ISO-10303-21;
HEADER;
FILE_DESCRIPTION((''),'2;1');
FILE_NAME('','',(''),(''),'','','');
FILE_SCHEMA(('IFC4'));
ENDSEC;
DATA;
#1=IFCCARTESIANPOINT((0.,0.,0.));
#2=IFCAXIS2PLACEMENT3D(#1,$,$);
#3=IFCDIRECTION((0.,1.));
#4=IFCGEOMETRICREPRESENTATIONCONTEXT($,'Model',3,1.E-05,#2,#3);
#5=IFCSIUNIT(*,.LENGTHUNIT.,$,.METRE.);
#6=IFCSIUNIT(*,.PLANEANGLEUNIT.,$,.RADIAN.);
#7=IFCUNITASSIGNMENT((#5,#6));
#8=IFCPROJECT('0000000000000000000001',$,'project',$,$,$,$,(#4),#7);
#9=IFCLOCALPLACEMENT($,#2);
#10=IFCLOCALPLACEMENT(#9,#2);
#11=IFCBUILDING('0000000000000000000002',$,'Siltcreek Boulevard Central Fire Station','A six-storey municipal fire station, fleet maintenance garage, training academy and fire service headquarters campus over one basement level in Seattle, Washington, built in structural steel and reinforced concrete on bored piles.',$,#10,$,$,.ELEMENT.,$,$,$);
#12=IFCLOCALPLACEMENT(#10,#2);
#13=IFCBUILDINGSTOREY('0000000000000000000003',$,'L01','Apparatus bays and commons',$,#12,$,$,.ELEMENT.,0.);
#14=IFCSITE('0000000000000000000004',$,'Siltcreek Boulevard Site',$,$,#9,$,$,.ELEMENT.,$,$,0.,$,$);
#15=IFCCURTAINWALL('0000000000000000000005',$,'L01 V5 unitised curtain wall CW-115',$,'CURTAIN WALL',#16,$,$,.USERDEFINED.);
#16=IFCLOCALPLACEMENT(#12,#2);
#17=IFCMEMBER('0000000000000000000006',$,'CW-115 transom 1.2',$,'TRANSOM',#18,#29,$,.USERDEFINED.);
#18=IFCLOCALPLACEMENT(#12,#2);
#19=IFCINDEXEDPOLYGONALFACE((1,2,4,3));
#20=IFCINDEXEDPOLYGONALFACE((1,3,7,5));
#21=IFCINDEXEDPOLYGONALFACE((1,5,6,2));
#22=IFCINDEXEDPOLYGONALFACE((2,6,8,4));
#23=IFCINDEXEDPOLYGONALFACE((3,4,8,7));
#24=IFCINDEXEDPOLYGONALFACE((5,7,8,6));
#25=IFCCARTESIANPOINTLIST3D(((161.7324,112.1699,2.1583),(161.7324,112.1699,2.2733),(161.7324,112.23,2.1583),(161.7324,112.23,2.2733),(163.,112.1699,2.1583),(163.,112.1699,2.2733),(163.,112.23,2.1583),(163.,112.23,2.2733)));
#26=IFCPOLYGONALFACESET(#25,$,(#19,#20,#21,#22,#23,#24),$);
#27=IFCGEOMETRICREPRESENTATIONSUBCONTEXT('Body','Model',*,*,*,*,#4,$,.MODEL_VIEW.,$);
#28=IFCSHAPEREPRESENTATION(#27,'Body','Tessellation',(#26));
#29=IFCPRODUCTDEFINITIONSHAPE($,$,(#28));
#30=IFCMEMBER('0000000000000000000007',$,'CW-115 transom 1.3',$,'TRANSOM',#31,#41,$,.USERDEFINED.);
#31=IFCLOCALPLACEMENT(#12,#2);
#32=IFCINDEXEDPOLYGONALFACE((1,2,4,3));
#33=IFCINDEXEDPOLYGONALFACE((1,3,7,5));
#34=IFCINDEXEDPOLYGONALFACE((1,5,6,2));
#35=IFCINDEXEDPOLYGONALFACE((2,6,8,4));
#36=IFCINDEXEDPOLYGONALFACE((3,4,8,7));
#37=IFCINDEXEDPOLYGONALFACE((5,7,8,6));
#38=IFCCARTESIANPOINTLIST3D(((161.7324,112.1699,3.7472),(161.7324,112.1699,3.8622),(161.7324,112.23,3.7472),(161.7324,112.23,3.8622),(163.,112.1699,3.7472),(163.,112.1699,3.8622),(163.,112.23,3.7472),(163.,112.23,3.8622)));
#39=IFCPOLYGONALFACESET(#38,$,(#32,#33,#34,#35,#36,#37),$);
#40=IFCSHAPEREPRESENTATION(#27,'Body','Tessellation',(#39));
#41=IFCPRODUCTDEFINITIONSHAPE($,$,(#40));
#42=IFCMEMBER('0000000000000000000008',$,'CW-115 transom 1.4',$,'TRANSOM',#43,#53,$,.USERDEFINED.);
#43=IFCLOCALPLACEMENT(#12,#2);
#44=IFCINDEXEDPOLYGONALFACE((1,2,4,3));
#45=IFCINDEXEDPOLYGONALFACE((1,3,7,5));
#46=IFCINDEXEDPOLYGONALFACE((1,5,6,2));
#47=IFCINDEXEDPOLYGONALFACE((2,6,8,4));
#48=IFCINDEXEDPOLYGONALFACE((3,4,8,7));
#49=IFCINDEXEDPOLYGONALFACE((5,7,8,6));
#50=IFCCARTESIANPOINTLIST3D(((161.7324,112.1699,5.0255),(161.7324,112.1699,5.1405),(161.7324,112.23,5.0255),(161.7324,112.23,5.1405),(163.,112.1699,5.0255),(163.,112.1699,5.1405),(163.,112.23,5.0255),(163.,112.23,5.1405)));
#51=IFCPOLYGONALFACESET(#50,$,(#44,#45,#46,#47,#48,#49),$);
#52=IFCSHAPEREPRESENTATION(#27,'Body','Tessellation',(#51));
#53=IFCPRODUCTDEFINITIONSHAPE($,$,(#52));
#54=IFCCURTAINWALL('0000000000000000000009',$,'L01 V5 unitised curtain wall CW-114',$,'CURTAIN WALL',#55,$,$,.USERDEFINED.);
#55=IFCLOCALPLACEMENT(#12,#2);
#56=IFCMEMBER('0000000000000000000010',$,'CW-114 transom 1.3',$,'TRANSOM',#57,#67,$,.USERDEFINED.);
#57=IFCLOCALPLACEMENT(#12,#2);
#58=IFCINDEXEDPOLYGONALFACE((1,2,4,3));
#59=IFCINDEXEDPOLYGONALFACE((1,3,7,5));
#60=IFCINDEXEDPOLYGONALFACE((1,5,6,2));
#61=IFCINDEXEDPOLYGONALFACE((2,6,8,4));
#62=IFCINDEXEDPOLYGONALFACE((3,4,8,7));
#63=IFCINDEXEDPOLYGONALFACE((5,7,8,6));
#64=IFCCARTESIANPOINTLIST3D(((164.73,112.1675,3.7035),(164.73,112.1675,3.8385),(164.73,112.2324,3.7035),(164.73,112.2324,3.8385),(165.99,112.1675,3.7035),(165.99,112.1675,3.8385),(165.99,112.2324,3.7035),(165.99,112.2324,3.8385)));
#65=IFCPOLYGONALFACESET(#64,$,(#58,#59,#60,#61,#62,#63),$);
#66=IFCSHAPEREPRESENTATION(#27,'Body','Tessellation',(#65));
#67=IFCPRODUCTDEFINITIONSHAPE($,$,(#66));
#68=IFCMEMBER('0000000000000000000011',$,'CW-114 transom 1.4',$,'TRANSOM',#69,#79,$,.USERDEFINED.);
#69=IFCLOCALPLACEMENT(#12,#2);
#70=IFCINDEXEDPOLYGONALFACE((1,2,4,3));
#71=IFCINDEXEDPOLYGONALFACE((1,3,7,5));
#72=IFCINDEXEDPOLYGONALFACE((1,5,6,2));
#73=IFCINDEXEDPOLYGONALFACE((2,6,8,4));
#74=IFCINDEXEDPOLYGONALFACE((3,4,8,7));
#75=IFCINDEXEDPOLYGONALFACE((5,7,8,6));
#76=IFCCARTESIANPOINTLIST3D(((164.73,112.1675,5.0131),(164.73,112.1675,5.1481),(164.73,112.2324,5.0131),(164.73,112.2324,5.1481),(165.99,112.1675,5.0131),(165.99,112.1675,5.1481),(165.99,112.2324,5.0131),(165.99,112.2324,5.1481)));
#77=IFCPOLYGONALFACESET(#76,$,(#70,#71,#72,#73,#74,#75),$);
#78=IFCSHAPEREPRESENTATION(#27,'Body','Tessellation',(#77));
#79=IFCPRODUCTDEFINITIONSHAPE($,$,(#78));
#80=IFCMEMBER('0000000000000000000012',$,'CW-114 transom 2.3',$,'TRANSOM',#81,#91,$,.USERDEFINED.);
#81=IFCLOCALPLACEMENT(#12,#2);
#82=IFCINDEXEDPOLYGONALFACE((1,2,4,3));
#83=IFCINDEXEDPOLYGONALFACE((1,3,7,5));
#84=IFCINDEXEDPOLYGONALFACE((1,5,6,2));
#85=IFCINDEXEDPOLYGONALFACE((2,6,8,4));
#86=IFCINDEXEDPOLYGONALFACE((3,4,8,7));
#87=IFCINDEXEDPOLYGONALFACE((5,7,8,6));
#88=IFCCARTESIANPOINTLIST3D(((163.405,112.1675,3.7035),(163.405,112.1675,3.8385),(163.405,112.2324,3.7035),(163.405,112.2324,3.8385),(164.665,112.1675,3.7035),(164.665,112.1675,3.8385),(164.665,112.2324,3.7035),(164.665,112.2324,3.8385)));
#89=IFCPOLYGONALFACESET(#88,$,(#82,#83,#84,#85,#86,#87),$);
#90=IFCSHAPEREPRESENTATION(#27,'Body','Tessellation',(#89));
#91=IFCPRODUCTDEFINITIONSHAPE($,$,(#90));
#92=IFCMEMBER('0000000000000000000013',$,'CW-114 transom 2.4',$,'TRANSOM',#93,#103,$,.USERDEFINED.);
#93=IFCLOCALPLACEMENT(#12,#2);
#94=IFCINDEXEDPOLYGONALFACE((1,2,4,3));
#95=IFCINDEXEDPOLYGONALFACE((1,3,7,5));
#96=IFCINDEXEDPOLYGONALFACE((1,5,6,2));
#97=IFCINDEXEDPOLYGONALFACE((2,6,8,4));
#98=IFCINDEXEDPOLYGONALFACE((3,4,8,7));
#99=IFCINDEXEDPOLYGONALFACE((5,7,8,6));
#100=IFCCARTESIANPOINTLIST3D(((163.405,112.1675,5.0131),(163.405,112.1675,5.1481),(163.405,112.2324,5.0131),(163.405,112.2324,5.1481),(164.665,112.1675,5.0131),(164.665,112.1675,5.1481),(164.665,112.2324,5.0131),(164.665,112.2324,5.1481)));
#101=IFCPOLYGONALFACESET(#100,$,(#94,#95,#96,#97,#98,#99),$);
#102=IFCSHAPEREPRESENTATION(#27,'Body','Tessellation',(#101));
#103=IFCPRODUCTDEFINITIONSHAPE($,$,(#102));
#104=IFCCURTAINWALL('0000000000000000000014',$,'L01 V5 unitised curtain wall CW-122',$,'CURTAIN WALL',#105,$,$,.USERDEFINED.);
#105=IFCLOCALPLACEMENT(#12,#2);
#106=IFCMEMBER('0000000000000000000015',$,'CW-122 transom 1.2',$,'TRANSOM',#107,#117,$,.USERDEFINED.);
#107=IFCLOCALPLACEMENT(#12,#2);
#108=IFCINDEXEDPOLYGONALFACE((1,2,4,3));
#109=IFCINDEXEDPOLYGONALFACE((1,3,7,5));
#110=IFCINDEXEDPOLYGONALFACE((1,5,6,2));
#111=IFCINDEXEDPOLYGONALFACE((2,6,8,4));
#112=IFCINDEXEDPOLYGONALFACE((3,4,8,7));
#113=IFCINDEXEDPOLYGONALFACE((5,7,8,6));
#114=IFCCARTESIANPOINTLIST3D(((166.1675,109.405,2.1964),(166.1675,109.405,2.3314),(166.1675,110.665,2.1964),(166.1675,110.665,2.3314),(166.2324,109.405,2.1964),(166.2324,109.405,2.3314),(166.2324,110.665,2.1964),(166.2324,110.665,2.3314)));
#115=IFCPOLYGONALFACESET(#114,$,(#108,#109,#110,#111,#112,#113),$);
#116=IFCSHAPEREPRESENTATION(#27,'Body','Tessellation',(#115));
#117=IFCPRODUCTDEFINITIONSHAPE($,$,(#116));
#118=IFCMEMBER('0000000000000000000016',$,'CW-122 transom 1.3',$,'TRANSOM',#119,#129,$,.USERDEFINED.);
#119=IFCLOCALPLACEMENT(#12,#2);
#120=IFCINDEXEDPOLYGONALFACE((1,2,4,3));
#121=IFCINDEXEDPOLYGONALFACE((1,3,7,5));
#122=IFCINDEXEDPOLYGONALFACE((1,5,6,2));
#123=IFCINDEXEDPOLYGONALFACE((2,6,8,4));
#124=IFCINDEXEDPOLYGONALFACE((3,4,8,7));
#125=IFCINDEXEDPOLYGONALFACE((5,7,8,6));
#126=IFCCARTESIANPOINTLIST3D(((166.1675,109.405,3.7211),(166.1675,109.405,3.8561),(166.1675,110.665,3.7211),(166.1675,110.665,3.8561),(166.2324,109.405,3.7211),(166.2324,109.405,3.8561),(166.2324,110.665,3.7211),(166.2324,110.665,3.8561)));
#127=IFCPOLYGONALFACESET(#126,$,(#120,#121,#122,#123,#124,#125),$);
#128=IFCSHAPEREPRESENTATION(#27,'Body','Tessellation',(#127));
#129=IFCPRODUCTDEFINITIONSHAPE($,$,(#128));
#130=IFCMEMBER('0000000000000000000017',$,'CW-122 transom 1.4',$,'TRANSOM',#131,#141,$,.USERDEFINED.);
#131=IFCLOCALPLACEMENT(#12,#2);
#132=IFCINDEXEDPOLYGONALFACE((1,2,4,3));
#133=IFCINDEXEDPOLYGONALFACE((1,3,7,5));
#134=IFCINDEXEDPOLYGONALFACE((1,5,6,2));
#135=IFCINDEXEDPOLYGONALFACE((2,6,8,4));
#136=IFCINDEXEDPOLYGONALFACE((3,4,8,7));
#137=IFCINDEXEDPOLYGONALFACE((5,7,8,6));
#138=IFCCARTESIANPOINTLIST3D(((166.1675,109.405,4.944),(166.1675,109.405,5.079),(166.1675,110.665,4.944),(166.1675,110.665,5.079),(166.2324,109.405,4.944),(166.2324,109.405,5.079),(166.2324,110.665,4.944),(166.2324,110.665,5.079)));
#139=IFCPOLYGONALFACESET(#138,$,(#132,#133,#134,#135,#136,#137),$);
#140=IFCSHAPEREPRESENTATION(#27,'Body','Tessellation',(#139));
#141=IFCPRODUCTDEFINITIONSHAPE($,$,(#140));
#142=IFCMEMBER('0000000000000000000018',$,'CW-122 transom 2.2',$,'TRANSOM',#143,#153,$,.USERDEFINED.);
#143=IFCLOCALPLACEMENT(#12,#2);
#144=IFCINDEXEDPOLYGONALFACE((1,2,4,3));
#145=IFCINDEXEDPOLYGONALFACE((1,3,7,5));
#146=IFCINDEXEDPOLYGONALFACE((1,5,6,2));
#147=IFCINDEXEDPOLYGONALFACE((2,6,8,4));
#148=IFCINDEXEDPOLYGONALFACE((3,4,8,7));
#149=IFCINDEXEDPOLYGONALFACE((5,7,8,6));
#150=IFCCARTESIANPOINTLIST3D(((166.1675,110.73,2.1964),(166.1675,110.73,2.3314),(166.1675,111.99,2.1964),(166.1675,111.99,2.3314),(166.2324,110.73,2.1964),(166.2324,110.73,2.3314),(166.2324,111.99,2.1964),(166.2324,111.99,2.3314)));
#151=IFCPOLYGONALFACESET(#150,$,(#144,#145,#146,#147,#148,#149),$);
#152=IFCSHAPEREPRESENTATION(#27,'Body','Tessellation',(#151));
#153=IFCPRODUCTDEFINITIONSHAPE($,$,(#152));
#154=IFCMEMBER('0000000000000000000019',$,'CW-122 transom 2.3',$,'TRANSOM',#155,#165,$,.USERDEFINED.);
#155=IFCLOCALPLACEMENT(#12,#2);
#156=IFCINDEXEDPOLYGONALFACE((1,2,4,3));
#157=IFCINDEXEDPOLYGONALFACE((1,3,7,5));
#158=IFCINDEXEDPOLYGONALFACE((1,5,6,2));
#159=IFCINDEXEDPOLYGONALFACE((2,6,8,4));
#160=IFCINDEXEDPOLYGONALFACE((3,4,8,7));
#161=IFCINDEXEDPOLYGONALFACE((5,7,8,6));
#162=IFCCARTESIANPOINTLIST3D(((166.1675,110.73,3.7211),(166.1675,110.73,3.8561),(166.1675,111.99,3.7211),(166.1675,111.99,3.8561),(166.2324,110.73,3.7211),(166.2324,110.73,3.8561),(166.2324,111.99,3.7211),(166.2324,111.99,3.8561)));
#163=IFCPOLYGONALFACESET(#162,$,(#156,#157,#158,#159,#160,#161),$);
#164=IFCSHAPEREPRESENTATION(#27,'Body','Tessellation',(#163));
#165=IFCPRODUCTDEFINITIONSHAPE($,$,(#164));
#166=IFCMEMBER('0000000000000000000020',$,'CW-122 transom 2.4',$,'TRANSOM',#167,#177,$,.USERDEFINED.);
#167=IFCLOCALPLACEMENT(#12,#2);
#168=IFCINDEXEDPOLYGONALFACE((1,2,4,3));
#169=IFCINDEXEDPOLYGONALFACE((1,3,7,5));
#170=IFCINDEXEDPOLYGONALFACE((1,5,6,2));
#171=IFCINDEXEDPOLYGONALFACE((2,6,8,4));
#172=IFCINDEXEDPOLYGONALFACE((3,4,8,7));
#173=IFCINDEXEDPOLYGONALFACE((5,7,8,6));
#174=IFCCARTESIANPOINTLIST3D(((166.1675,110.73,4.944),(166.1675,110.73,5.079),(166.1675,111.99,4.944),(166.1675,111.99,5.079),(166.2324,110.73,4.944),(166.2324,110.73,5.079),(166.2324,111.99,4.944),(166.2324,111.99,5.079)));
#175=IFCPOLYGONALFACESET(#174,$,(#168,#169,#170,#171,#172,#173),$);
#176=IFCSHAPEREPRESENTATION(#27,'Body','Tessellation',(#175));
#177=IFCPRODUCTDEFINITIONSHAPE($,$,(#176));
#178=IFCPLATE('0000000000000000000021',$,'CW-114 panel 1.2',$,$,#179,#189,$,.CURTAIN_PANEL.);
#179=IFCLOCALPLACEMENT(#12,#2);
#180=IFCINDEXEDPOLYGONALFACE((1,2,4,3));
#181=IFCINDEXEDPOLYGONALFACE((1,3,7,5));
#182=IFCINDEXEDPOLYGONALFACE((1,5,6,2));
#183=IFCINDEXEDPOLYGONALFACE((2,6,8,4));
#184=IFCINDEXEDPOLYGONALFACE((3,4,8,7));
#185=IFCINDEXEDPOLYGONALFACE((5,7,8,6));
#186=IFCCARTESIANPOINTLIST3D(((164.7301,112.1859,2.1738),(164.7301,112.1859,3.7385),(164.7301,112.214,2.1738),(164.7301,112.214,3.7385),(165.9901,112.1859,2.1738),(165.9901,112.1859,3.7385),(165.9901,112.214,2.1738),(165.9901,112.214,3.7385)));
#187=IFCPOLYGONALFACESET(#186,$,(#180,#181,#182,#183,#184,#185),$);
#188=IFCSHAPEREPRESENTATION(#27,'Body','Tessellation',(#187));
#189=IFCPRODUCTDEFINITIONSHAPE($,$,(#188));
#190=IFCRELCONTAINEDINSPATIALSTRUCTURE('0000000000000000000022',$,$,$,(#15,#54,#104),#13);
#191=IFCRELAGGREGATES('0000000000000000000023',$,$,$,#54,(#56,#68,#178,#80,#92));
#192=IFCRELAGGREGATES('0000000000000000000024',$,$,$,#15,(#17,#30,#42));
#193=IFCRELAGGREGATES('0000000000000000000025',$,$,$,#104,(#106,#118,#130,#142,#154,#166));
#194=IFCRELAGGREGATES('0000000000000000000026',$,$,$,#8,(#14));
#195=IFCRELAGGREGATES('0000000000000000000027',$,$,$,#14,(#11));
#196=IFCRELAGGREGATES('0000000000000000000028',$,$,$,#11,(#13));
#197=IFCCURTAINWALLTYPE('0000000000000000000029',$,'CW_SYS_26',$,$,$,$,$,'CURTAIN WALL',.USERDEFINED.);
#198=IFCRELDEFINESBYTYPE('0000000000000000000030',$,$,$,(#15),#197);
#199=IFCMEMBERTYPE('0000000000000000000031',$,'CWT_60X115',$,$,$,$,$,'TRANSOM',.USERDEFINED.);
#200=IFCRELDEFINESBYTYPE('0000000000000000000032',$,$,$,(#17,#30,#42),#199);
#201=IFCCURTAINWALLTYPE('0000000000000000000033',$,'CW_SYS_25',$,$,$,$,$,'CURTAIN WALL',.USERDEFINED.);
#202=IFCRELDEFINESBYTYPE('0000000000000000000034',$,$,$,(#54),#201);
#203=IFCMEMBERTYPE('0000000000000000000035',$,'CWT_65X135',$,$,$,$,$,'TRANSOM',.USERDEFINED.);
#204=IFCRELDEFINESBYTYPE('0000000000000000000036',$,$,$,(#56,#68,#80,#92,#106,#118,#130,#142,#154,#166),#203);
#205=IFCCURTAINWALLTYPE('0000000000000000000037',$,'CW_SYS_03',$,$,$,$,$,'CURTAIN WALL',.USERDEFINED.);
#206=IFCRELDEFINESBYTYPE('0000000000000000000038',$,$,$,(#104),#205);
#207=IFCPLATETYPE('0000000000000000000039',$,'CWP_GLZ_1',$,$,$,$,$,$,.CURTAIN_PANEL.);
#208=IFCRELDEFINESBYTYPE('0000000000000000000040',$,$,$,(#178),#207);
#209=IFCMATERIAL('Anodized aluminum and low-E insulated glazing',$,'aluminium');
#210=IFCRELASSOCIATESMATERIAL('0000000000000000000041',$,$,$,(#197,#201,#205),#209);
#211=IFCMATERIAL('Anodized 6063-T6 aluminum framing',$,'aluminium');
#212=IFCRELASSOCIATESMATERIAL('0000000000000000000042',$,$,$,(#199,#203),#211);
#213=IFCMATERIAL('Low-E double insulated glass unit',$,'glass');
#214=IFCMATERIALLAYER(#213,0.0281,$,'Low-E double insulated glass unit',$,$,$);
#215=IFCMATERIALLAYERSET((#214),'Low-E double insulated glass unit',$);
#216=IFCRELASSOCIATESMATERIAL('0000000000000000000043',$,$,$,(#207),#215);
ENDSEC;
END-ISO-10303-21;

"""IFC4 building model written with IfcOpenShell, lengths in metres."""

from ifc_helpers import new_model, si_unit, direction, frame, origin, origin_2d, place, context, subcontext, project, spatial, rectangle, extrude, material, layer, layer_set, material_profile, profile_set, type_object, element, aggregate, save


model = new_model("IFC4")

# Units and contexts
model_context = context("Model", 3, precision=1e-05, world=origin(), true_north=direction((0.0, 1.0)))
body_context = subcontext(model_context, "Body", "Model", "MODEL_VIEW")
ifc_project = project(units=[si_unit("LENGTHUNIT", "METRE"), si_unit("PLANEANGLEUNIT", "RADIAN")], contexts=[model_context])

# Site, building, storey
site_placement = place(None, origin())
site = spatial("IfcSite", under=ifc_project, at=site_placement, Name="Siltcreek Boulevard Site", CompositionType="ELEMENT", RefElevation=0.0)
building_placement = place(site_placement, origin())
building = spatial("IfcBuilding", under=site, at=building_placement, Name="Siltcreek Boulevard Central Fire Station", Description="A six-storey municipal fire station, fleet maintenance garage, training academy and fire service headquarters campus over one basement level in Seattle, Washington, built in structural steel and reinforced concrete on bored piles.", CompositionType="ELEMENT")
storey_placement = place(building_placement, origin())
storey = spatial("IfcBuildingStorey", under=building, at=storey_placement, Name="L01", Description="Apparatus bays and commons", CompositionType="ELEMENT", Elevation=0.0)

# Curtain walls, members
ifc_material_1 = material(Name="Anodized aluminum and low-E insulated glazing", Category="aluminium")
curtain_wall_type_1 = type_object("IfcCurtainWallType", Name="CW_SYS_26", ElementType="CURTAIN WALL", PredefinedType="USERDEFINED", material=ifc_material_1)
curtain_wall_1_placement = place(storey_placement, origin())
curtain_wall_1 = element("IfcCurtainWall", 1, at=curtain_wall_1_placement, inside=storey, type_object=curtain_wall_type_1, Name="L01 V5 unitised curtain wall CW-115", ObjectType="CURTAIN WALL", PredefinedType="USERDEFINED")
ifc_material_2 = material(Name="Anodized 6063-T6 aluminum framing", Category="aluminium")
ifc_material_profile_1 = material_profile(ifc_material_2, rectangle(XDim=0.0601, YDim=0.115, at=origin_2d()), Name="TRAN60X115")
ifc_profile_set_1 = profile_set([ifc_material_profile_1], Name="Anodized 6063-T6 aluminum framing")
member_type_1 = type_object("IfcMemberType", Name="CWT_60X115", ElementType="TRANSOM", PredefinedType="USERDEFINED", material=ifc_profile_set_1)
member_1_placement = place(storey_placement, frame((163.0, 112.2, 2.2158), z_axis=(-1.0, 0.0, 0.0), x_axis=(0.0, -1.0, 0.0)))
member_1 = element("IfcMember", 2, at=member_1_placement, type_object=member_type_1, Name="CW-115 transom 1.2", ObjectType="TRANSOM", PredefinedType="USERDEFINED", context=body_context, shape_type="SweptSolid", body=[
    extrude(rectangle(XDim=0.0601, YDim=0.115, at=origin_2d()), origin(), (0.0, 0.0, 1.0), 1.2676),
])
member_2_placement = place(storey_placement, frame((163.0, 112.2, 3.8047), z_axis=(-1.0, 0.0, 0.0), x_axis=(0.0, -1.0, 0.0)))
member_2 = element("IfcMember", 3, at=member_2_placement, type_object=member_type_1, Name="CW-115 transom 1.3", ObjectType="TRANSOM", PredefinedType="USERDEFINED", context=body_context, shape_type="SweptSolid", body=[
    extrude(rectangle(XDim=0.0601, YDim=0.115, at=origin_2d()), origin(), (0.0, 0.0, 1.0), 1.2676),
])
member_3_placement = place(storey_placement, frame((163.0, 112.2, 5.083), z_axis=(-1.0, 0.0, 0.0), x_axis=(0.0, -1.0, 0.0)))
member_3 = element("IfcMember", 4, at=member_3_placement, type_object=member_type_1, Name="CW-115 transom 1.4", ObjectType="TRANSOM", PredefinedType="USERDEFINED", context=body_context, shape_type="SweptSolid", body=[
    extrude(rectangle(XDim=0.0601, YDim=0.115, at=origin_2d()), origin(), (0.0, 0.0, 1.0), 1.2676),
])
curtain_wall_type_2 = type_object("IfcCurtainWallType", Name="CW_SYS_25", ElementType="CURTAIN WALL", PredefinedType="USERDEFINED", material=ifc_material_1)
curtain_wall_2_placement = place(storey_placement, origin())
curtain_wall_2 = element("IfcCurtainWall", 5, at=curtain_wall_2_placement, inside=storey, type_object=curtain_wall_type_2, Name="L01 V5 unitised curtain wall CW-114", ObjectType="CURTAIN WALL", PredefinedType="USERDEFINED")
ifc_material_profile_2 = material_profile(ifc_material_2, rectangle(XDim=0.0649, YDim=0.135, at=origin_2d()), Name="TRAN65X135")
ifc_profile_set_2 = profile_set([ifc_material_profile_2], Name="Anodized 6063-T6 aluminum framing")
member_type_2 = type_object("IfcMemberType", Name="CWT_65X135", ElementType="TRANSOM", PredefinedType="USERDEFINED", material=ifc_profile_set_2)
member_4_placement = place(storey_placement, frame((165.99, 112.2, 3.771), z_axis=(-1.0, 0.0, 0.0), x_axis=(0.0, -1.0, 0.0)))
member_4 = element("IfcMember", 6, at=member_4_placement, type_object=member_type_2, Name="CW-114 transom 1.3", ObjectType="TRANSOM", PredefinedType="USERDEFINED", context=body_context, shape_type="SweptSolid", body=[
    extrude(rectangle(XDim=0.0649, YDim=0.135, at=origin_2d()), origin(), (0.0, 0.0, 1.0), 1.26),
])
member_5_placement = place(storey_placement, frame((165.99, 112.2, 5.0806), z_axis=(-1.0, 0.0, 0.0), x_axis=(0.0, -1.0, 0.0)))
member_5 = element("IfcMember", 7, at=member_5_placement, type_object=member_type_2, Name="CW-114 transom 1.4", ObjectType="TRANSOM", PredefinedType="USERDEFINED", context=body_context, shape_type="SweptSolid", body=[
    extrude(rectangle(XDim=0.0649, YDim=0.135, at=origin_2d()), origin(), (0.0, 0.0, 1.0), 1.26),
])
member_6_placement = place(storey_placement, frame((164.665, 112.2, 3.771), z_axis=(-1.0, 0.0, 0.0), x_axis=(0.0, -1.0, 0.0)))
member_6 = element("IfcMember", 8, at=member_6_placement, type_object=member_type_2, Name="CW-114 transom 2.3", ObjectType="TRANSOM", PredefinedType="USERDEFINED", context=body_context, shape_type="SweptSolid", body=[
    extrude(rectangle(XDim=0.0649, YDim=0.135, at=origin_2d()), origin(), (0.0, 0.0, 1.0), 1.26),
])
member_7_placement = place(storey_placement, frame((164.665, 112.2, 5.0806), z_axis=(-1.0, 0.0, 0.0), x_axis=(0.0, -1.0, 0.0)))
member_7 = element("IfcMember", 9, at=member_7_placement, type_object=member_type_2, Name="CW-114 transom 2.4", ObjectType="TRANSOM", PredefinedType="USERDEFINED", context=body_context, shape_type="SweptSolid", body=[
    extrude(rectangle(XDim=0.0649, YDim=0.135, at=origin_2d()), origin(), (0.0, 0.0, 1.0), 1.26),
])
curtain_wall_type_3 = type_object("IfcCurtainWallType", Name="CW_SYS_03", ElementType="CURTAIN WALL", PredefinedType="USERDEFINED", material=ifc_material_1)
curtain_wall_3_placement = place(storey_placement, origin())
curtain_wall_3 = element("IfcCurtainWall", 10, at=curtain_wall_3_placement, inside=storey, type_object=curtain_wall_type_3, Name="L01 V5 unitised curtain wall CW-122", ObjectType="CURTAIN WALL", PredefinedType="USERDEFINED")
member_8_placement = place(storey_placement, frame((166.2, 109.405, 2.2639), z_axis=(0.0, 1.0, 0.0), x_axis=(-1.0, 0.0, 0.0)))
member_8 = element("IfcMember", 11, at=member_8_placement, type_object=member_type_2, Name="CW-122 transom 1.2", ObjectType="TRANSOM", PredefinedType="USERDEFINED", context=body_context, shape_type="SweptSolid", body=[
    extrude(rectangle(XDim=0.0649, YDim=0.135, at=origin_2d()), origin(), (0.0, 0.0, 1.0), 1.26),
])
member_9_placement = place(storey_placement, frame((166.2, 109.405, 3.7886), z_axis=(0.0, 1.0, 0.0), x_axis=(-1.0, 0.0, 0.0)))
member_9 = element("IfcMember", 12, at=member_9_placement, type_object=member_type_2, Name="CW-122 transom 1.3", ObjectType="TRANSOM", PredefinedType="USERDEFINED", context=body_context, shape_type="SweptSolid", body=[
    extrude(rectangle(XDim=0.0649, YDim=0.135, at=origin_2d()), origin(), (0.0, 0.0, 1.0), 1.26),
])
member_10_placement = place(storey_placement, frame((166.2, 109.405, 5.0115), z_axis=(0.0, 1.0, 0.0), x_axis=(-1.0, 0.0, 0.0)))
member_10 = element("IfcMember", 13, at=member_10_placement, type_object=member_type_2, Name="CW-122 transom 1.4", ObjectType="TRANSOM", PredefinedType="USERDEFINED", context=body_context, shape_type="SweptSolid", body=[
    extrude(rectangle(XDim=0.0649, YDim=0.135, at=origin_2d()), origin(), (0.0, 0.0, 1.0), 1.26),
])
member_11_placement = place(storey_placement, frame((166.2, 110.73, 2.2639), z_axis=(0.0, 1.0, 0.0), x_axis=(-1.0, 0.0, 0.0)))
member_11 = element("IfcMember", 14, at=member_11_placement, type_object=member_type_2, Name="CW-122 transom 2.2", ObjectType="TRANSOM", PredefinedType="USERDEFINED", context=body_context, shape_type="SweptSolid", body=[
    extrude(rectangle(XDim=0.0649, YDim=0.135, at=origin_2d()), origin(), (0.0, 0.0, 1.0), 1.26),
])
member_12_placement = place(storey_placement, frame((166.2, 110.73, 3.7886), z_axis=(0.0, 1.0, 0.0), x_axis=(-1.0, 0.0, 0.0)))
member_12 = element("IfcMember", 15, at=member_12_placement, type_object=member_type_2, Name="CW-122 transom 2.3", ObjectType="TRANSOM", PredefinedType="USERDEFINED", context=body_context, shape_type="SweptSolid", body=[
    extrude(rectangle(XDim=0.0649, YDim=0.135, at=origin_2d()), origin(), (0.0, 0.0, 1.0), 1.26),
])
member_13_placement = place(storey_placement, frame((166.2, 110.73, 5.0115), z_axis=(0.0, 1.0, 0.0), x_axis=(-1.0, 0.0, 0.0)))
member_13 = element("IfcMember", 16, at=member_13_placement, type_object=member_type_2, Name="CW-122 transom 2.4", ObjectType="TRANSOM", PredefinedType="USERDEFINED", context=body_context, shape_type="SweptSolid", body=[
    extrude(rectangle(XDim=0.0649, YDim=0.135, at=origin_2d()), origin(), (0.0, 0.0, 1.0), 1.26),
])

# Plate
ifc_material_3 = material(Name="Low-E double insulated glass unit", Category="glass")
ifc_layer_1 = layer(ifc_material_3, 0.0281, Name="Low-E double insulated glass unit")
ifc_layer_set_1 = layer_set([ifc_layer_1], Name="Low-E double insulated glass unit")
plate_type_1 = type_object("IfcPlateType", Name="CWP_GLZ_1", PredefinedType="CURTAIN_PANEL", material=ifc_layer_set_1)
plate_1_placement = place(storey_placement, frame((165.3601, 112.2, 2.1738), z_axis=(0.0, 0.0, 1.0), x_axis=(-1.0, 0.0, 0.0)))
plate_1 = element("IfcPlate", 17, at=plate_1_placement, type_object=plate_type_1, Name="CW-114 panel 1.2", PredefinedType="CURTAIN_PANEL", context=body_context, shape_type="SweptSolid", body=[
    extrude(rectangle(XDim=1.26, YDim=0.0281, at=origin_2d()), origin(), (0.0, 0.0, 1.0), 1.5647),
])
aggregate(curtain_wall_2, [member_4, member_5, plate_1, member_6, member_7])
aggregate(curtain_wall_1, [member_1, member_2, member_3])

aggregate(curtain_wall_3, [member_8, member_9, member_10, member_11, member_12, member_13])

save(model, "model.ifc")
